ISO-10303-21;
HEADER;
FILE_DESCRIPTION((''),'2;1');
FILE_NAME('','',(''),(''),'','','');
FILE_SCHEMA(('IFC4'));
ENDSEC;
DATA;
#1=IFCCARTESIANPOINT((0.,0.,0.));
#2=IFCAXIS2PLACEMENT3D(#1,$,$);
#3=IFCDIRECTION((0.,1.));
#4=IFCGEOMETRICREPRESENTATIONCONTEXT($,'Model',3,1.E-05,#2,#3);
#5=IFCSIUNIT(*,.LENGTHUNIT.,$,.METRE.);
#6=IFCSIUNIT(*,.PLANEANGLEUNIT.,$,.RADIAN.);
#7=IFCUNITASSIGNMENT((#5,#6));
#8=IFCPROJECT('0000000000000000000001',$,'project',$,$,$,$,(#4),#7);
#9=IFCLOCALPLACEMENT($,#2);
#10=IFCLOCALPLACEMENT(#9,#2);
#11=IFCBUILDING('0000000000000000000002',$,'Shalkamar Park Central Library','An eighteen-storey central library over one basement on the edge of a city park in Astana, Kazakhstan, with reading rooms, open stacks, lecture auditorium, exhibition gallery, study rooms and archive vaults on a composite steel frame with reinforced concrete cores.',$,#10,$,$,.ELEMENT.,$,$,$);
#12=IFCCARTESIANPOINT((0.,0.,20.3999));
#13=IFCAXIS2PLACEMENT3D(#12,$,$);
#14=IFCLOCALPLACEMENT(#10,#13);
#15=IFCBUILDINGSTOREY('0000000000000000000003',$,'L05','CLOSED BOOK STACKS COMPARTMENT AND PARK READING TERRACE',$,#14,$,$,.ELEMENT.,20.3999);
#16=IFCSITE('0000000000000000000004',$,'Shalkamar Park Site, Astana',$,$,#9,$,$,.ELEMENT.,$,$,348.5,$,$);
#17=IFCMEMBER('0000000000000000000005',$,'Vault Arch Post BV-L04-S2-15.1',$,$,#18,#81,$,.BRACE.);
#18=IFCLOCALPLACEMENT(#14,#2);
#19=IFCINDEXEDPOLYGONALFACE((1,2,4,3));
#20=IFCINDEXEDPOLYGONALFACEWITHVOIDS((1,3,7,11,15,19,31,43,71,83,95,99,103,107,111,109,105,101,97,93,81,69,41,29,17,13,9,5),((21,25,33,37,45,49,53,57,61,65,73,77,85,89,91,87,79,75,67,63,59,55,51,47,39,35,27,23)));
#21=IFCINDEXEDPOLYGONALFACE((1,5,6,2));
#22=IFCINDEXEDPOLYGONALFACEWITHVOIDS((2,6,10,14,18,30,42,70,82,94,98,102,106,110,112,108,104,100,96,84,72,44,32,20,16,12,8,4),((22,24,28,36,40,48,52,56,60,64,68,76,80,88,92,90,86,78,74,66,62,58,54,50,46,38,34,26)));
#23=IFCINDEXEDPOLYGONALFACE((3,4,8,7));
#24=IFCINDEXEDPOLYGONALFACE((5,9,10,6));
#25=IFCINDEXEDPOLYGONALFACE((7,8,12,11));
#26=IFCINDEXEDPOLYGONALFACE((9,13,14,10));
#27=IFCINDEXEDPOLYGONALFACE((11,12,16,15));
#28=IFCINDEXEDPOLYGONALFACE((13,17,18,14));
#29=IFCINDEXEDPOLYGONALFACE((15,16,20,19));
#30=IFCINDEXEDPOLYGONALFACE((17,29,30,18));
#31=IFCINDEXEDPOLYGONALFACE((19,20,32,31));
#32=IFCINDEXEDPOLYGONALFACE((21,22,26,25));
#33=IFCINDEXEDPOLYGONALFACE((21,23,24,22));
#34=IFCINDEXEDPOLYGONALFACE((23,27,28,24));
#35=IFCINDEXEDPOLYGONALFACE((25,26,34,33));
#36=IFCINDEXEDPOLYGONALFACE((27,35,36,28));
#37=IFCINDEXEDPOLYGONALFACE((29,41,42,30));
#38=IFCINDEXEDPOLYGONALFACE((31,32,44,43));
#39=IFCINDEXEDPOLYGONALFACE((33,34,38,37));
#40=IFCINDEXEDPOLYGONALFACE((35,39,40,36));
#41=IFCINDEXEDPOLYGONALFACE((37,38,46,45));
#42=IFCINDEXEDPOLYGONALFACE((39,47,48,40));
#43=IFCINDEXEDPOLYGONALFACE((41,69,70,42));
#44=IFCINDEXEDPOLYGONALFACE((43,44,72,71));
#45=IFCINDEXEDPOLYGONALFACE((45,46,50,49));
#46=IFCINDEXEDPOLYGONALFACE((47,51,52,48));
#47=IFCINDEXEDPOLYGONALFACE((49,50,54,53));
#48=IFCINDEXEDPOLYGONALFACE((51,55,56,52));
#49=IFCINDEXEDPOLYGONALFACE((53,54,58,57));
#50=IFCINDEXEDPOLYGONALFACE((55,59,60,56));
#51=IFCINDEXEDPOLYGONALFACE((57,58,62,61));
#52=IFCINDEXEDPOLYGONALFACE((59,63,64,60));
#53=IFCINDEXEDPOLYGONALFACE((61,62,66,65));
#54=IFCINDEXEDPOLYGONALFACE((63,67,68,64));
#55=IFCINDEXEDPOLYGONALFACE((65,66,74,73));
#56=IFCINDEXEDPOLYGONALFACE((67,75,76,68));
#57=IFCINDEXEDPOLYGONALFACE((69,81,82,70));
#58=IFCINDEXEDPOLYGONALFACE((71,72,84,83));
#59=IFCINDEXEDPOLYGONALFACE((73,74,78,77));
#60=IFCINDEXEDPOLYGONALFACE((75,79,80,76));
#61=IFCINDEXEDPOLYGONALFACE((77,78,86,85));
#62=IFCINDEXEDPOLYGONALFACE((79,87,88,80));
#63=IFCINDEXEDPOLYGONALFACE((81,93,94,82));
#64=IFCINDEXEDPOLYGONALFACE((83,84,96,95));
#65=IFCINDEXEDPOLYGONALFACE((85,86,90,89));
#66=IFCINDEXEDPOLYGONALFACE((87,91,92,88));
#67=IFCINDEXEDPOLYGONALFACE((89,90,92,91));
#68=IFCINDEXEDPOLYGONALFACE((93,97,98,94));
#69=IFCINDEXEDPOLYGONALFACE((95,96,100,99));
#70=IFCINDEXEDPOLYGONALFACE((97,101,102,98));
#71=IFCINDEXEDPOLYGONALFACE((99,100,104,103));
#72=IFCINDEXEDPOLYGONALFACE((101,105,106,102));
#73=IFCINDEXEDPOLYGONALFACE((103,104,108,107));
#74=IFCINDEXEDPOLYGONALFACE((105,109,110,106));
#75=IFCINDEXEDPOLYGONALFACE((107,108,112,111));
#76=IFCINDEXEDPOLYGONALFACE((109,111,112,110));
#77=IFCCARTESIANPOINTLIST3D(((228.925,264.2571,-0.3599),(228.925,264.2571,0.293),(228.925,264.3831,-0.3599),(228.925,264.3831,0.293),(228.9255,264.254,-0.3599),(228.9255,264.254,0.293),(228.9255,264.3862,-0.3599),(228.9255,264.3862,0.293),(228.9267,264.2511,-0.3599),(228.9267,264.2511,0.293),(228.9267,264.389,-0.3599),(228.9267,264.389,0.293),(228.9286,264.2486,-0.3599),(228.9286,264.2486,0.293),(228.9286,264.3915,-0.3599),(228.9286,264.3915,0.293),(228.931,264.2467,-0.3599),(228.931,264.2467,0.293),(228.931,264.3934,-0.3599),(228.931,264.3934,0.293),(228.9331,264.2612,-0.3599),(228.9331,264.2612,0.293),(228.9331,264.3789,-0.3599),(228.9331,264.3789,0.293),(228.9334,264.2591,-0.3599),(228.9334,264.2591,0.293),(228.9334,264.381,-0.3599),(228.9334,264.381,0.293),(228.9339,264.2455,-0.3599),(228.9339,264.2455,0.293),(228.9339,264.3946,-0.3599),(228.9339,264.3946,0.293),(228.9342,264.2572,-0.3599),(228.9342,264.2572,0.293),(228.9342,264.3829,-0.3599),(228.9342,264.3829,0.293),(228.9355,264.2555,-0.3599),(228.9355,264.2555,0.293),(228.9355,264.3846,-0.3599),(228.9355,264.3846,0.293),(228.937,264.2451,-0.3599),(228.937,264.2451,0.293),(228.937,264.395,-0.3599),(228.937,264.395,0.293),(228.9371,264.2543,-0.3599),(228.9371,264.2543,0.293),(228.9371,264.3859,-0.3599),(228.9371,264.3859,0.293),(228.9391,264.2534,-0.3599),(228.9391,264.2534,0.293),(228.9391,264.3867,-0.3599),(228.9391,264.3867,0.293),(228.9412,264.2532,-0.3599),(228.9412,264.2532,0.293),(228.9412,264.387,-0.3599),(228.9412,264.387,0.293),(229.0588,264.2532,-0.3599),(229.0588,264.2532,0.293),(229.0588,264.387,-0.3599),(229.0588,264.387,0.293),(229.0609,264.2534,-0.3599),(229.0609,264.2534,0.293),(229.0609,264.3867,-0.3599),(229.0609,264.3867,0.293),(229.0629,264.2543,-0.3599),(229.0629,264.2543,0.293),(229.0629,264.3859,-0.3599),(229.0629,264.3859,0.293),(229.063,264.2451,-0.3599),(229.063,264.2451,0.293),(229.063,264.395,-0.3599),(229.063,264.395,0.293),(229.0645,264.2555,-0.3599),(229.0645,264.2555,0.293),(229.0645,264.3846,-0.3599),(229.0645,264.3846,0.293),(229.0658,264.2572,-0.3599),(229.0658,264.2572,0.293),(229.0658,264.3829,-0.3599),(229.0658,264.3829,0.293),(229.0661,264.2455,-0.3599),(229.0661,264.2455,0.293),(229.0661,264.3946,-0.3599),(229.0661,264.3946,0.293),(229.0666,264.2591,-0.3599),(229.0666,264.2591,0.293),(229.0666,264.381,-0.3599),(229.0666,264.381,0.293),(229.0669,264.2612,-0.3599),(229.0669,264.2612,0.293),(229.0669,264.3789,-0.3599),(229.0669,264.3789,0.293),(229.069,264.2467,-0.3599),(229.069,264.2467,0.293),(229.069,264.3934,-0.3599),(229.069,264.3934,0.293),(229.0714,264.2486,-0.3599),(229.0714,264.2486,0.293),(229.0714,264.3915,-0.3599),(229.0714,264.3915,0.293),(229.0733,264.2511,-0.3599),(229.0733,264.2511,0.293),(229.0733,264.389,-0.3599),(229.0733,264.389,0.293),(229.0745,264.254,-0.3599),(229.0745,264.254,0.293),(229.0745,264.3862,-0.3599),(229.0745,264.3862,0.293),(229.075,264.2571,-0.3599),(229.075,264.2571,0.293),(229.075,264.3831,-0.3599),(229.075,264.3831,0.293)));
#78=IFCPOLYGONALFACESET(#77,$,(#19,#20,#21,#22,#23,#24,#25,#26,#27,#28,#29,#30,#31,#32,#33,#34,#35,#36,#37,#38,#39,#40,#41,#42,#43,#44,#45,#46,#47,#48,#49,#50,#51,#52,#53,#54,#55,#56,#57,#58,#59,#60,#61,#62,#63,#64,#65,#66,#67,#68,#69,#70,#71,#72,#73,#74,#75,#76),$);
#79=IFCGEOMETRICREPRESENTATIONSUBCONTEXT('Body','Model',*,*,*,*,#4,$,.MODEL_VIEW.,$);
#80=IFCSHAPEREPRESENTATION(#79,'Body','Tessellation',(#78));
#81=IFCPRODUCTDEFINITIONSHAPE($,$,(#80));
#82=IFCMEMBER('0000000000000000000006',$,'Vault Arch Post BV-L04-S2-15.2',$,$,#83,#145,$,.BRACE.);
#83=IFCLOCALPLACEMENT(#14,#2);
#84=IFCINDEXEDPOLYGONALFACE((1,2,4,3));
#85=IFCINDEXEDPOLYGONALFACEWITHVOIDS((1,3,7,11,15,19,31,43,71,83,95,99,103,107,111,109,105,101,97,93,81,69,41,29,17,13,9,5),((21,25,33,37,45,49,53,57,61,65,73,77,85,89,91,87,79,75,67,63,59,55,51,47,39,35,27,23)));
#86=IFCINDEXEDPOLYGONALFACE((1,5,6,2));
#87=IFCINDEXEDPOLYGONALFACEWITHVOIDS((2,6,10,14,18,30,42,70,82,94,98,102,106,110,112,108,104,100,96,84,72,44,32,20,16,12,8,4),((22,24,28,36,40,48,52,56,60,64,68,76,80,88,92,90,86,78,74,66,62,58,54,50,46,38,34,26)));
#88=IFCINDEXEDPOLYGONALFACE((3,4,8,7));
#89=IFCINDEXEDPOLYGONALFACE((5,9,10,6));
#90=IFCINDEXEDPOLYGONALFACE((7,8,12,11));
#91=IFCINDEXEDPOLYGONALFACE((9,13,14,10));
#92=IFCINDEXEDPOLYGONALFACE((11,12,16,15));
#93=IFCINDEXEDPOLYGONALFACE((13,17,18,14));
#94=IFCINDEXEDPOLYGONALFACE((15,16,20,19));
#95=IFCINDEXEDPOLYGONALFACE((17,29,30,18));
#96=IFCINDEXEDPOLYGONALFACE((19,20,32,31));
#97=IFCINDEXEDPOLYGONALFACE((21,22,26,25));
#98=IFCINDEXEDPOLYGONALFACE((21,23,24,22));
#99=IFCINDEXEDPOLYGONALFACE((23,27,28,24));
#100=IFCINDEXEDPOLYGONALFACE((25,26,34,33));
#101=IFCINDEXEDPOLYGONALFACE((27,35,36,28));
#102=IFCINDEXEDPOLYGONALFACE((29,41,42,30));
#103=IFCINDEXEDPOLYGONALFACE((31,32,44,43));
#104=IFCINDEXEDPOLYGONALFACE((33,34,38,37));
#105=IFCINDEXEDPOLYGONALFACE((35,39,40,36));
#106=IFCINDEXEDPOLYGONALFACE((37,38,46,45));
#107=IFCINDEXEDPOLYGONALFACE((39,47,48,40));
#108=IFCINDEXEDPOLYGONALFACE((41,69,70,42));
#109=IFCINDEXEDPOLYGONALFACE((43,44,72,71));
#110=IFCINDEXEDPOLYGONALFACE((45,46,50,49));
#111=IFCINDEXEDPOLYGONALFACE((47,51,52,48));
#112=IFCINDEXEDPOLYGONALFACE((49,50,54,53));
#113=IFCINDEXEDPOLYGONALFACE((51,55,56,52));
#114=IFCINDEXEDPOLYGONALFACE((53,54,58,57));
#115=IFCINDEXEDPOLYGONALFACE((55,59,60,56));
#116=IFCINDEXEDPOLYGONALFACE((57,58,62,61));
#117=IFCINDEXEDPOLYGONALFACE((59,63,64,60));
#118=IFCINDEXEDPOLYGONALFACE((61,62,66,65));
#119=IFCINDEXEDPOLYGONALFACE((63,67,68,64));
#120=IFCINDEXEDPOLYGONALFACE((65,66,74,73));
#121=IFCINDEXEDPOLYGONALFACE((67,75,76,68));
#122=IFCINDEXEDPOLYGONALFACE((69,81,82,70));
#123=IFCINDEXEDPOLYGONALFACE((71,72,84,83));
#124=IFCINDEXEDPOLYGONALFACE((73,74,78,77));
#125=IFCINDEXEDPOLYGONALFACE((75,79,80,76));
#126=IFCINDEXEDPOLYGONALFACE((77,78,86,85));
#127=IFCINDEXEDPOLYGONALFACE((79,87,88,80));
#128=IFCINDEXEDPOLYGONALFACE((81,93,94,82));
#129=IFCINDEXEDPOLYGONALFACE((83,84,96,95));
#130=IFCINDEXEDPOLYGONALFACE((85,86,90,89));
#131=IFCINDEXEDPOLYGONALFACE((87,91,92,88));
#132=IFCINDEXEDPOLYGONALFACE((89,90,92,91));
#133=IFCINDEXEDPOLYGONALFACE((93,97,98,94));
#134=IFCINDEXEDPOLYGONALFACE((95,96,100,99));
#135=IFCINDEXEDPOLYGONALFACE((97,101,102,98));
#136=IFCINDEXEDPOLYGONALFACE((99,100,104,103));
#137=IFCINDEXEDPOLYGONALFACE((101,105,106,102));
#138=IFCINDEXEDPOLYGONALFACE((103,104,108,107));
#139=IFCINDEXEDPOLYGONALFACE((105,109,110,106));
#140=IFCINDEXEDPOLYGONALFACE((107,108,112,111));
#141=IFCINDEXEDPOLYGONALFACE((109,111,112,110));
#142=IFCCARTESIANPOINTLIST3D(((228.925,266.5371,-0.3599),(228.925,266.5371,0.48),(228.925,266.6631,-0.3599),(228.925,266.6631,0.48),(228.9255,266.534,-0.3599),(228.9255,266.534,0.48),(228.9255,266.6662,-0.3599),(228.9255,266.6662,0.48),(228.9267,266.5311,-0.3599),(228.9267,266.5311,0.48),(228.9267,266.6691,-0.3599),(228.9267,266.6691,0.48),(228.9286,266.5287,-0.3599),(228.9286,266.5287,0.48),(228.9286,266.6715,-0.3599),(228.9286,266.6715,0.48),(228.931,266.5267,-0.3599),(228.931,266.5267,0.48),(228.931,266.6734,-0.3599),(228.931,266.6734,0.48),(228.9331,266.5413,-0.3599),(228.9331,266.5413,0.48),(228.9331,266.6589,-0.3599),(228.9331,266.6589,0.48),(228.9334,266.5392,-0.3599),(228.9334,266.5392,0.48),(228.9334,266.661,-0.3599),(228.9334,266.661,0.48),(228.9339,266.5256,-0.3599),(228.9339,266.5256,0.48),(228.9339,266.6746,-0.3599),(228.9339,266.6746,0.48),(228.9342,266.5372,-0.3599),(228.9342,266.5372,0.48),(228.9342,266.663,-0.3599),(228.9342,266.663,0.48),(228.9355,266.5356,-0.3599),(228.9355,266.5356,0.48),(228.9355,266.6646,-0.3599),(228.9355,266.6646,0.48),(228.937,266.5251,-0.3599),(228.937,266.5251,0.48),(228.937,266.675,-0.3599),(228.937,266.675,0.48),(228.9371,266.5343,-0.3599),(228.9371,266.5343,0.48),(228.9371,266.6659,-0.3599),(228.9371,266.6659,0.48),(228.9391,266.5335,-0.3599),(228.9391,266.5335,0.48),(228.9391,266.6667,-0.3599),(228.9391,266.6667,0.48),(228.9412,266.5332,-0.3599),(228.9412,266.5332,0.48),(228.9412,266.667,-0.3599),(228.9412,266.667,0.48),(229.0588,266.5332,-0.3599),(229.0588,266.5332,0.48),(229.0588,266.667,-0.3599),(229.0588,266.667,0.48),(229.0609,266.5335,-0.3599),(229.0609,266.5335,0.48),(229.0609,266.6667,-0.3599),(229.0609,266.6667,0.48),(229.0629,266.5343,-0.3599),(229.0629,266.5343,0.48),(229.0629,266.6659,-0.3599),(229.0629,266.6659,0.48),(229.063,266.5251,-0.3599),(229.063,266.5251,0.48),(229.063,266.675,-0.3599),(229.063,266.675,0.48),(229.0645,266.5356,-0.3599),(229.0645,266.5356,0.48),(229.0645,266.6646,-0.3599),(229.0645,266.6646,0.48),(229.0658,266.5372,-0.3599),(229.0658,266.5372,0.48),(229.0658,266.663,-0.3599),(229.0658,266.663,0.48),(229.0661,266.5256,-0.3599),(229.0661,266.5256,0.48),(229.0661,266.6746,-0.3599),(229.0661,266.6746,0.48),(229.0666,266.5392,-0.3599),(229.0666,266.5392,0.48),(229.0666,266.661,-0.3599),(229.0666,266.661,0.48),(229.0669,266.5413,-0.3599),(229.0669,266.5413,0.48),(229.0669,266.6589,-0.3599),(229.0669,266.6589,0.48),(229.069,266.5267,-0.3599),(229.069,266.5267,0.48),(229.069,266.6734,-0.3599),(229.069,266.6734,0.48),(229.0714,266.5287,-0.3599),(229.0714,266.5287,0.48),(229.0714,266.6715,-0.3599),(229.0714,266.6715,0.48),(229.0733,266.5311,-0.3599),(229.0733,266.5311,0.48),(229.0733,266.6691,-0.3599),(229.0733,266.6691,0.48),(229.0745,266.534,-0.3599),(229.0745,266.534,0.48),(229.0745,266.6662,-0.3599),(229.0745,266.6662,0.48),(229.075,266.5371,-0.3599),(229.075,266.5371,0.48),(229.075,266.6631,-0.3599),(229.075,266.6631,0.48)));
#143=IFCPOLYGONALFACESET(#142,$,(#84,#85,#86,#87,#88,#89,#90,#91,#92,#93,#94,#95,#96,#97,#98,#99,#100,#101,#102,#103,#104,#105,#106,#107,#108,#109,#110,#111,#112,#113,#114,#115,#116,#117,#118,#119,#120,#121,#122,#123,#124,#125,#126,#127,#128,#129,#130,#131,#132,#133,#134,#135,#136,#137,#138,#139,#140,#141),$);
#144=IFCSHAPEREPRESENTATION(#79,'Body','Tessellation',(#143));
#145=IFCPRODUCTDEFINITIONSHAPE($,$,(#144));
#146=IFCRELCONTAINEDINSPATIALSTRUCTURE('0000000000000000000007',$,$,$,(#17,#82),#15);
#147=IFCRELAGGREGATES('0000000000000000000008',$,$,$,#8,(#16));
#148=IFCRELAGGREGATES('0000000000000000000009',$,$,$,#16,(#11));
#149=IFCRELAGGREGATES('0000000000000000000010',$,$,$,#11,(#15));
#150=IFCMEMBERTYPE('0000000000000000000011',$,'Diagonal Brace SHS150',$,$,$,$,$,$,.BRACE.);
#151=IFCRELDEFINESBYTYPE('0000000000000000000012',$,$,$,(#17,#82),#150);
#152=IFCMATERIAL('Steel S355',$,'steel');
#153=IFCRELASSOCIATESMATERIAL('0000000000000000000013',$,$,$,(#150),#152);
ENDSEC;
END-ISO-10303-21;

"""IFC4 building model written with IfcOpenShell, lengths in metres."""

from ifc_helpers import new_model, si_unit, direction, frame, origin, origin_2d, place, context, subcontext, project, spatial, hollow_rectangle, extrude, material, material_profile, profile_set, type_object, element, save


model = new_model("IFC4")

# Units and contexts
model_context = context("Model", 3, precision=1e-05, world=origin(), true_north=direction((0.0, 1.0)))
body_context = subcontext(model_context, "Body", "Model", "MODEL_VIEW")
ifc_project = project(units=[si_unit("LENGTHUNIT", "METRE"), si_unit("PLANEANGLEUNIT", "RADIAN")], contexts=[model_context])

# Site, building, storey
site_placement = place(None, origin())
site = spatial("IfcSite", under=ifc_project, at=site_placement, Name="Shalkamar Park Site, Astana", CompositionType="ELEMENT", RefElevation=348.5)
building_placement = place(site_placement, origin())
building = spatial("IfcBuilding", under=site, at=building_placement, Name="Shalkamar Park Central Library", Description="An eighteen-storey central library over one basement on the edge of a city park in Astana, Kazakhstan, with reading rooms, open stacks, lecture auditorium, exhibition gallery, study rooms and archive vaults on a composite steel frame with reinforced concrete cores.", CompositionType="ELEMENT")
storey_placement = place(building_placement, frame((0.0, 0.0, 20.3999)))
storey = spatial("IfcBuildingStorey", under=building, at=storey_placement, Name="L05", Description="CLOSED BOOK STACKS COMPARTMENT AND PARK READING TERRACE", CompositionType="ELEMENT", Elevation=20.3999)

# Shared definitions
ifc_material_1 = material(Name="Steel S355", Category="steel")

# Members
ifc_material_profile_1 = material_profile(ifc_material_1, hollow_rectangle(XDim=0.1499, YDim=0.1499, WallThickness=0.0081, InnerFilletRadius=0.0081, OuterFilletRadius=0.012, at=origin_2d()), Name="SHS 150x150x8")
ifc_profile_set_1 = profile_set([ifc_material_profile_1], Name="Steel S355")
member_type_1 = type_object("IfcMemberType", Name="Diagonal Brace SHS150", PredefinedType="BRACE", material=ifc_profile_set_1)
for number, where, z_axis, x_axis, name in (
    (1, (229.0, 264.3201, -0.3599), (0.0, 0.0, 1.0), (1.0, 0.0, 0.0), "Vault Arch Post BV-L04-S2-15.1"),
):
    element("IfcMember", number, at=place(storey_placement, frame(where, z_axis=z_axis, x_axis=x_axis)), inside=storey, type_object=member_type_1, Name=name, PredefinedType="BRACE", context=body_context, shape_type="SweptSolid", body=[
        extrude(hollow_rectangle(XDim=0.1499, YDim=0.1499, WallThickness=0.0081, InnerFilletRadius=0.0081, OuterFilletRadius=0.012, at=origin_2d()), origin(), (0.0, 0.0, 1.0), 0.6528),
    ])
member_1_placement = place(storey_placement, frame((229.0, 266.6001, -0.3599), z_axis=(0.0, 0.0, 1.0), x_axis=(1.0, 0.0, 0.0)))
element("IfcMember", 2, at=member_1_placement, inside=storey, type_object=member_type_1, Name="Vault Arch Post BV-L04-S2-15.2", PredefinedType="BRACE", context=body_context, shape_type="SweptSolid", body=[
    extrude(hollow_rectangle(XDim=0.1499, YDim=0.1499, WallThickness=0.0081, InnerFilletRadius=0.0081, OuterFilletRadius=0.012, at=origin_2d()), origin(), (0.0, 0.0, 1.0), 0.8398),
])

save(model, "model.ifc")
